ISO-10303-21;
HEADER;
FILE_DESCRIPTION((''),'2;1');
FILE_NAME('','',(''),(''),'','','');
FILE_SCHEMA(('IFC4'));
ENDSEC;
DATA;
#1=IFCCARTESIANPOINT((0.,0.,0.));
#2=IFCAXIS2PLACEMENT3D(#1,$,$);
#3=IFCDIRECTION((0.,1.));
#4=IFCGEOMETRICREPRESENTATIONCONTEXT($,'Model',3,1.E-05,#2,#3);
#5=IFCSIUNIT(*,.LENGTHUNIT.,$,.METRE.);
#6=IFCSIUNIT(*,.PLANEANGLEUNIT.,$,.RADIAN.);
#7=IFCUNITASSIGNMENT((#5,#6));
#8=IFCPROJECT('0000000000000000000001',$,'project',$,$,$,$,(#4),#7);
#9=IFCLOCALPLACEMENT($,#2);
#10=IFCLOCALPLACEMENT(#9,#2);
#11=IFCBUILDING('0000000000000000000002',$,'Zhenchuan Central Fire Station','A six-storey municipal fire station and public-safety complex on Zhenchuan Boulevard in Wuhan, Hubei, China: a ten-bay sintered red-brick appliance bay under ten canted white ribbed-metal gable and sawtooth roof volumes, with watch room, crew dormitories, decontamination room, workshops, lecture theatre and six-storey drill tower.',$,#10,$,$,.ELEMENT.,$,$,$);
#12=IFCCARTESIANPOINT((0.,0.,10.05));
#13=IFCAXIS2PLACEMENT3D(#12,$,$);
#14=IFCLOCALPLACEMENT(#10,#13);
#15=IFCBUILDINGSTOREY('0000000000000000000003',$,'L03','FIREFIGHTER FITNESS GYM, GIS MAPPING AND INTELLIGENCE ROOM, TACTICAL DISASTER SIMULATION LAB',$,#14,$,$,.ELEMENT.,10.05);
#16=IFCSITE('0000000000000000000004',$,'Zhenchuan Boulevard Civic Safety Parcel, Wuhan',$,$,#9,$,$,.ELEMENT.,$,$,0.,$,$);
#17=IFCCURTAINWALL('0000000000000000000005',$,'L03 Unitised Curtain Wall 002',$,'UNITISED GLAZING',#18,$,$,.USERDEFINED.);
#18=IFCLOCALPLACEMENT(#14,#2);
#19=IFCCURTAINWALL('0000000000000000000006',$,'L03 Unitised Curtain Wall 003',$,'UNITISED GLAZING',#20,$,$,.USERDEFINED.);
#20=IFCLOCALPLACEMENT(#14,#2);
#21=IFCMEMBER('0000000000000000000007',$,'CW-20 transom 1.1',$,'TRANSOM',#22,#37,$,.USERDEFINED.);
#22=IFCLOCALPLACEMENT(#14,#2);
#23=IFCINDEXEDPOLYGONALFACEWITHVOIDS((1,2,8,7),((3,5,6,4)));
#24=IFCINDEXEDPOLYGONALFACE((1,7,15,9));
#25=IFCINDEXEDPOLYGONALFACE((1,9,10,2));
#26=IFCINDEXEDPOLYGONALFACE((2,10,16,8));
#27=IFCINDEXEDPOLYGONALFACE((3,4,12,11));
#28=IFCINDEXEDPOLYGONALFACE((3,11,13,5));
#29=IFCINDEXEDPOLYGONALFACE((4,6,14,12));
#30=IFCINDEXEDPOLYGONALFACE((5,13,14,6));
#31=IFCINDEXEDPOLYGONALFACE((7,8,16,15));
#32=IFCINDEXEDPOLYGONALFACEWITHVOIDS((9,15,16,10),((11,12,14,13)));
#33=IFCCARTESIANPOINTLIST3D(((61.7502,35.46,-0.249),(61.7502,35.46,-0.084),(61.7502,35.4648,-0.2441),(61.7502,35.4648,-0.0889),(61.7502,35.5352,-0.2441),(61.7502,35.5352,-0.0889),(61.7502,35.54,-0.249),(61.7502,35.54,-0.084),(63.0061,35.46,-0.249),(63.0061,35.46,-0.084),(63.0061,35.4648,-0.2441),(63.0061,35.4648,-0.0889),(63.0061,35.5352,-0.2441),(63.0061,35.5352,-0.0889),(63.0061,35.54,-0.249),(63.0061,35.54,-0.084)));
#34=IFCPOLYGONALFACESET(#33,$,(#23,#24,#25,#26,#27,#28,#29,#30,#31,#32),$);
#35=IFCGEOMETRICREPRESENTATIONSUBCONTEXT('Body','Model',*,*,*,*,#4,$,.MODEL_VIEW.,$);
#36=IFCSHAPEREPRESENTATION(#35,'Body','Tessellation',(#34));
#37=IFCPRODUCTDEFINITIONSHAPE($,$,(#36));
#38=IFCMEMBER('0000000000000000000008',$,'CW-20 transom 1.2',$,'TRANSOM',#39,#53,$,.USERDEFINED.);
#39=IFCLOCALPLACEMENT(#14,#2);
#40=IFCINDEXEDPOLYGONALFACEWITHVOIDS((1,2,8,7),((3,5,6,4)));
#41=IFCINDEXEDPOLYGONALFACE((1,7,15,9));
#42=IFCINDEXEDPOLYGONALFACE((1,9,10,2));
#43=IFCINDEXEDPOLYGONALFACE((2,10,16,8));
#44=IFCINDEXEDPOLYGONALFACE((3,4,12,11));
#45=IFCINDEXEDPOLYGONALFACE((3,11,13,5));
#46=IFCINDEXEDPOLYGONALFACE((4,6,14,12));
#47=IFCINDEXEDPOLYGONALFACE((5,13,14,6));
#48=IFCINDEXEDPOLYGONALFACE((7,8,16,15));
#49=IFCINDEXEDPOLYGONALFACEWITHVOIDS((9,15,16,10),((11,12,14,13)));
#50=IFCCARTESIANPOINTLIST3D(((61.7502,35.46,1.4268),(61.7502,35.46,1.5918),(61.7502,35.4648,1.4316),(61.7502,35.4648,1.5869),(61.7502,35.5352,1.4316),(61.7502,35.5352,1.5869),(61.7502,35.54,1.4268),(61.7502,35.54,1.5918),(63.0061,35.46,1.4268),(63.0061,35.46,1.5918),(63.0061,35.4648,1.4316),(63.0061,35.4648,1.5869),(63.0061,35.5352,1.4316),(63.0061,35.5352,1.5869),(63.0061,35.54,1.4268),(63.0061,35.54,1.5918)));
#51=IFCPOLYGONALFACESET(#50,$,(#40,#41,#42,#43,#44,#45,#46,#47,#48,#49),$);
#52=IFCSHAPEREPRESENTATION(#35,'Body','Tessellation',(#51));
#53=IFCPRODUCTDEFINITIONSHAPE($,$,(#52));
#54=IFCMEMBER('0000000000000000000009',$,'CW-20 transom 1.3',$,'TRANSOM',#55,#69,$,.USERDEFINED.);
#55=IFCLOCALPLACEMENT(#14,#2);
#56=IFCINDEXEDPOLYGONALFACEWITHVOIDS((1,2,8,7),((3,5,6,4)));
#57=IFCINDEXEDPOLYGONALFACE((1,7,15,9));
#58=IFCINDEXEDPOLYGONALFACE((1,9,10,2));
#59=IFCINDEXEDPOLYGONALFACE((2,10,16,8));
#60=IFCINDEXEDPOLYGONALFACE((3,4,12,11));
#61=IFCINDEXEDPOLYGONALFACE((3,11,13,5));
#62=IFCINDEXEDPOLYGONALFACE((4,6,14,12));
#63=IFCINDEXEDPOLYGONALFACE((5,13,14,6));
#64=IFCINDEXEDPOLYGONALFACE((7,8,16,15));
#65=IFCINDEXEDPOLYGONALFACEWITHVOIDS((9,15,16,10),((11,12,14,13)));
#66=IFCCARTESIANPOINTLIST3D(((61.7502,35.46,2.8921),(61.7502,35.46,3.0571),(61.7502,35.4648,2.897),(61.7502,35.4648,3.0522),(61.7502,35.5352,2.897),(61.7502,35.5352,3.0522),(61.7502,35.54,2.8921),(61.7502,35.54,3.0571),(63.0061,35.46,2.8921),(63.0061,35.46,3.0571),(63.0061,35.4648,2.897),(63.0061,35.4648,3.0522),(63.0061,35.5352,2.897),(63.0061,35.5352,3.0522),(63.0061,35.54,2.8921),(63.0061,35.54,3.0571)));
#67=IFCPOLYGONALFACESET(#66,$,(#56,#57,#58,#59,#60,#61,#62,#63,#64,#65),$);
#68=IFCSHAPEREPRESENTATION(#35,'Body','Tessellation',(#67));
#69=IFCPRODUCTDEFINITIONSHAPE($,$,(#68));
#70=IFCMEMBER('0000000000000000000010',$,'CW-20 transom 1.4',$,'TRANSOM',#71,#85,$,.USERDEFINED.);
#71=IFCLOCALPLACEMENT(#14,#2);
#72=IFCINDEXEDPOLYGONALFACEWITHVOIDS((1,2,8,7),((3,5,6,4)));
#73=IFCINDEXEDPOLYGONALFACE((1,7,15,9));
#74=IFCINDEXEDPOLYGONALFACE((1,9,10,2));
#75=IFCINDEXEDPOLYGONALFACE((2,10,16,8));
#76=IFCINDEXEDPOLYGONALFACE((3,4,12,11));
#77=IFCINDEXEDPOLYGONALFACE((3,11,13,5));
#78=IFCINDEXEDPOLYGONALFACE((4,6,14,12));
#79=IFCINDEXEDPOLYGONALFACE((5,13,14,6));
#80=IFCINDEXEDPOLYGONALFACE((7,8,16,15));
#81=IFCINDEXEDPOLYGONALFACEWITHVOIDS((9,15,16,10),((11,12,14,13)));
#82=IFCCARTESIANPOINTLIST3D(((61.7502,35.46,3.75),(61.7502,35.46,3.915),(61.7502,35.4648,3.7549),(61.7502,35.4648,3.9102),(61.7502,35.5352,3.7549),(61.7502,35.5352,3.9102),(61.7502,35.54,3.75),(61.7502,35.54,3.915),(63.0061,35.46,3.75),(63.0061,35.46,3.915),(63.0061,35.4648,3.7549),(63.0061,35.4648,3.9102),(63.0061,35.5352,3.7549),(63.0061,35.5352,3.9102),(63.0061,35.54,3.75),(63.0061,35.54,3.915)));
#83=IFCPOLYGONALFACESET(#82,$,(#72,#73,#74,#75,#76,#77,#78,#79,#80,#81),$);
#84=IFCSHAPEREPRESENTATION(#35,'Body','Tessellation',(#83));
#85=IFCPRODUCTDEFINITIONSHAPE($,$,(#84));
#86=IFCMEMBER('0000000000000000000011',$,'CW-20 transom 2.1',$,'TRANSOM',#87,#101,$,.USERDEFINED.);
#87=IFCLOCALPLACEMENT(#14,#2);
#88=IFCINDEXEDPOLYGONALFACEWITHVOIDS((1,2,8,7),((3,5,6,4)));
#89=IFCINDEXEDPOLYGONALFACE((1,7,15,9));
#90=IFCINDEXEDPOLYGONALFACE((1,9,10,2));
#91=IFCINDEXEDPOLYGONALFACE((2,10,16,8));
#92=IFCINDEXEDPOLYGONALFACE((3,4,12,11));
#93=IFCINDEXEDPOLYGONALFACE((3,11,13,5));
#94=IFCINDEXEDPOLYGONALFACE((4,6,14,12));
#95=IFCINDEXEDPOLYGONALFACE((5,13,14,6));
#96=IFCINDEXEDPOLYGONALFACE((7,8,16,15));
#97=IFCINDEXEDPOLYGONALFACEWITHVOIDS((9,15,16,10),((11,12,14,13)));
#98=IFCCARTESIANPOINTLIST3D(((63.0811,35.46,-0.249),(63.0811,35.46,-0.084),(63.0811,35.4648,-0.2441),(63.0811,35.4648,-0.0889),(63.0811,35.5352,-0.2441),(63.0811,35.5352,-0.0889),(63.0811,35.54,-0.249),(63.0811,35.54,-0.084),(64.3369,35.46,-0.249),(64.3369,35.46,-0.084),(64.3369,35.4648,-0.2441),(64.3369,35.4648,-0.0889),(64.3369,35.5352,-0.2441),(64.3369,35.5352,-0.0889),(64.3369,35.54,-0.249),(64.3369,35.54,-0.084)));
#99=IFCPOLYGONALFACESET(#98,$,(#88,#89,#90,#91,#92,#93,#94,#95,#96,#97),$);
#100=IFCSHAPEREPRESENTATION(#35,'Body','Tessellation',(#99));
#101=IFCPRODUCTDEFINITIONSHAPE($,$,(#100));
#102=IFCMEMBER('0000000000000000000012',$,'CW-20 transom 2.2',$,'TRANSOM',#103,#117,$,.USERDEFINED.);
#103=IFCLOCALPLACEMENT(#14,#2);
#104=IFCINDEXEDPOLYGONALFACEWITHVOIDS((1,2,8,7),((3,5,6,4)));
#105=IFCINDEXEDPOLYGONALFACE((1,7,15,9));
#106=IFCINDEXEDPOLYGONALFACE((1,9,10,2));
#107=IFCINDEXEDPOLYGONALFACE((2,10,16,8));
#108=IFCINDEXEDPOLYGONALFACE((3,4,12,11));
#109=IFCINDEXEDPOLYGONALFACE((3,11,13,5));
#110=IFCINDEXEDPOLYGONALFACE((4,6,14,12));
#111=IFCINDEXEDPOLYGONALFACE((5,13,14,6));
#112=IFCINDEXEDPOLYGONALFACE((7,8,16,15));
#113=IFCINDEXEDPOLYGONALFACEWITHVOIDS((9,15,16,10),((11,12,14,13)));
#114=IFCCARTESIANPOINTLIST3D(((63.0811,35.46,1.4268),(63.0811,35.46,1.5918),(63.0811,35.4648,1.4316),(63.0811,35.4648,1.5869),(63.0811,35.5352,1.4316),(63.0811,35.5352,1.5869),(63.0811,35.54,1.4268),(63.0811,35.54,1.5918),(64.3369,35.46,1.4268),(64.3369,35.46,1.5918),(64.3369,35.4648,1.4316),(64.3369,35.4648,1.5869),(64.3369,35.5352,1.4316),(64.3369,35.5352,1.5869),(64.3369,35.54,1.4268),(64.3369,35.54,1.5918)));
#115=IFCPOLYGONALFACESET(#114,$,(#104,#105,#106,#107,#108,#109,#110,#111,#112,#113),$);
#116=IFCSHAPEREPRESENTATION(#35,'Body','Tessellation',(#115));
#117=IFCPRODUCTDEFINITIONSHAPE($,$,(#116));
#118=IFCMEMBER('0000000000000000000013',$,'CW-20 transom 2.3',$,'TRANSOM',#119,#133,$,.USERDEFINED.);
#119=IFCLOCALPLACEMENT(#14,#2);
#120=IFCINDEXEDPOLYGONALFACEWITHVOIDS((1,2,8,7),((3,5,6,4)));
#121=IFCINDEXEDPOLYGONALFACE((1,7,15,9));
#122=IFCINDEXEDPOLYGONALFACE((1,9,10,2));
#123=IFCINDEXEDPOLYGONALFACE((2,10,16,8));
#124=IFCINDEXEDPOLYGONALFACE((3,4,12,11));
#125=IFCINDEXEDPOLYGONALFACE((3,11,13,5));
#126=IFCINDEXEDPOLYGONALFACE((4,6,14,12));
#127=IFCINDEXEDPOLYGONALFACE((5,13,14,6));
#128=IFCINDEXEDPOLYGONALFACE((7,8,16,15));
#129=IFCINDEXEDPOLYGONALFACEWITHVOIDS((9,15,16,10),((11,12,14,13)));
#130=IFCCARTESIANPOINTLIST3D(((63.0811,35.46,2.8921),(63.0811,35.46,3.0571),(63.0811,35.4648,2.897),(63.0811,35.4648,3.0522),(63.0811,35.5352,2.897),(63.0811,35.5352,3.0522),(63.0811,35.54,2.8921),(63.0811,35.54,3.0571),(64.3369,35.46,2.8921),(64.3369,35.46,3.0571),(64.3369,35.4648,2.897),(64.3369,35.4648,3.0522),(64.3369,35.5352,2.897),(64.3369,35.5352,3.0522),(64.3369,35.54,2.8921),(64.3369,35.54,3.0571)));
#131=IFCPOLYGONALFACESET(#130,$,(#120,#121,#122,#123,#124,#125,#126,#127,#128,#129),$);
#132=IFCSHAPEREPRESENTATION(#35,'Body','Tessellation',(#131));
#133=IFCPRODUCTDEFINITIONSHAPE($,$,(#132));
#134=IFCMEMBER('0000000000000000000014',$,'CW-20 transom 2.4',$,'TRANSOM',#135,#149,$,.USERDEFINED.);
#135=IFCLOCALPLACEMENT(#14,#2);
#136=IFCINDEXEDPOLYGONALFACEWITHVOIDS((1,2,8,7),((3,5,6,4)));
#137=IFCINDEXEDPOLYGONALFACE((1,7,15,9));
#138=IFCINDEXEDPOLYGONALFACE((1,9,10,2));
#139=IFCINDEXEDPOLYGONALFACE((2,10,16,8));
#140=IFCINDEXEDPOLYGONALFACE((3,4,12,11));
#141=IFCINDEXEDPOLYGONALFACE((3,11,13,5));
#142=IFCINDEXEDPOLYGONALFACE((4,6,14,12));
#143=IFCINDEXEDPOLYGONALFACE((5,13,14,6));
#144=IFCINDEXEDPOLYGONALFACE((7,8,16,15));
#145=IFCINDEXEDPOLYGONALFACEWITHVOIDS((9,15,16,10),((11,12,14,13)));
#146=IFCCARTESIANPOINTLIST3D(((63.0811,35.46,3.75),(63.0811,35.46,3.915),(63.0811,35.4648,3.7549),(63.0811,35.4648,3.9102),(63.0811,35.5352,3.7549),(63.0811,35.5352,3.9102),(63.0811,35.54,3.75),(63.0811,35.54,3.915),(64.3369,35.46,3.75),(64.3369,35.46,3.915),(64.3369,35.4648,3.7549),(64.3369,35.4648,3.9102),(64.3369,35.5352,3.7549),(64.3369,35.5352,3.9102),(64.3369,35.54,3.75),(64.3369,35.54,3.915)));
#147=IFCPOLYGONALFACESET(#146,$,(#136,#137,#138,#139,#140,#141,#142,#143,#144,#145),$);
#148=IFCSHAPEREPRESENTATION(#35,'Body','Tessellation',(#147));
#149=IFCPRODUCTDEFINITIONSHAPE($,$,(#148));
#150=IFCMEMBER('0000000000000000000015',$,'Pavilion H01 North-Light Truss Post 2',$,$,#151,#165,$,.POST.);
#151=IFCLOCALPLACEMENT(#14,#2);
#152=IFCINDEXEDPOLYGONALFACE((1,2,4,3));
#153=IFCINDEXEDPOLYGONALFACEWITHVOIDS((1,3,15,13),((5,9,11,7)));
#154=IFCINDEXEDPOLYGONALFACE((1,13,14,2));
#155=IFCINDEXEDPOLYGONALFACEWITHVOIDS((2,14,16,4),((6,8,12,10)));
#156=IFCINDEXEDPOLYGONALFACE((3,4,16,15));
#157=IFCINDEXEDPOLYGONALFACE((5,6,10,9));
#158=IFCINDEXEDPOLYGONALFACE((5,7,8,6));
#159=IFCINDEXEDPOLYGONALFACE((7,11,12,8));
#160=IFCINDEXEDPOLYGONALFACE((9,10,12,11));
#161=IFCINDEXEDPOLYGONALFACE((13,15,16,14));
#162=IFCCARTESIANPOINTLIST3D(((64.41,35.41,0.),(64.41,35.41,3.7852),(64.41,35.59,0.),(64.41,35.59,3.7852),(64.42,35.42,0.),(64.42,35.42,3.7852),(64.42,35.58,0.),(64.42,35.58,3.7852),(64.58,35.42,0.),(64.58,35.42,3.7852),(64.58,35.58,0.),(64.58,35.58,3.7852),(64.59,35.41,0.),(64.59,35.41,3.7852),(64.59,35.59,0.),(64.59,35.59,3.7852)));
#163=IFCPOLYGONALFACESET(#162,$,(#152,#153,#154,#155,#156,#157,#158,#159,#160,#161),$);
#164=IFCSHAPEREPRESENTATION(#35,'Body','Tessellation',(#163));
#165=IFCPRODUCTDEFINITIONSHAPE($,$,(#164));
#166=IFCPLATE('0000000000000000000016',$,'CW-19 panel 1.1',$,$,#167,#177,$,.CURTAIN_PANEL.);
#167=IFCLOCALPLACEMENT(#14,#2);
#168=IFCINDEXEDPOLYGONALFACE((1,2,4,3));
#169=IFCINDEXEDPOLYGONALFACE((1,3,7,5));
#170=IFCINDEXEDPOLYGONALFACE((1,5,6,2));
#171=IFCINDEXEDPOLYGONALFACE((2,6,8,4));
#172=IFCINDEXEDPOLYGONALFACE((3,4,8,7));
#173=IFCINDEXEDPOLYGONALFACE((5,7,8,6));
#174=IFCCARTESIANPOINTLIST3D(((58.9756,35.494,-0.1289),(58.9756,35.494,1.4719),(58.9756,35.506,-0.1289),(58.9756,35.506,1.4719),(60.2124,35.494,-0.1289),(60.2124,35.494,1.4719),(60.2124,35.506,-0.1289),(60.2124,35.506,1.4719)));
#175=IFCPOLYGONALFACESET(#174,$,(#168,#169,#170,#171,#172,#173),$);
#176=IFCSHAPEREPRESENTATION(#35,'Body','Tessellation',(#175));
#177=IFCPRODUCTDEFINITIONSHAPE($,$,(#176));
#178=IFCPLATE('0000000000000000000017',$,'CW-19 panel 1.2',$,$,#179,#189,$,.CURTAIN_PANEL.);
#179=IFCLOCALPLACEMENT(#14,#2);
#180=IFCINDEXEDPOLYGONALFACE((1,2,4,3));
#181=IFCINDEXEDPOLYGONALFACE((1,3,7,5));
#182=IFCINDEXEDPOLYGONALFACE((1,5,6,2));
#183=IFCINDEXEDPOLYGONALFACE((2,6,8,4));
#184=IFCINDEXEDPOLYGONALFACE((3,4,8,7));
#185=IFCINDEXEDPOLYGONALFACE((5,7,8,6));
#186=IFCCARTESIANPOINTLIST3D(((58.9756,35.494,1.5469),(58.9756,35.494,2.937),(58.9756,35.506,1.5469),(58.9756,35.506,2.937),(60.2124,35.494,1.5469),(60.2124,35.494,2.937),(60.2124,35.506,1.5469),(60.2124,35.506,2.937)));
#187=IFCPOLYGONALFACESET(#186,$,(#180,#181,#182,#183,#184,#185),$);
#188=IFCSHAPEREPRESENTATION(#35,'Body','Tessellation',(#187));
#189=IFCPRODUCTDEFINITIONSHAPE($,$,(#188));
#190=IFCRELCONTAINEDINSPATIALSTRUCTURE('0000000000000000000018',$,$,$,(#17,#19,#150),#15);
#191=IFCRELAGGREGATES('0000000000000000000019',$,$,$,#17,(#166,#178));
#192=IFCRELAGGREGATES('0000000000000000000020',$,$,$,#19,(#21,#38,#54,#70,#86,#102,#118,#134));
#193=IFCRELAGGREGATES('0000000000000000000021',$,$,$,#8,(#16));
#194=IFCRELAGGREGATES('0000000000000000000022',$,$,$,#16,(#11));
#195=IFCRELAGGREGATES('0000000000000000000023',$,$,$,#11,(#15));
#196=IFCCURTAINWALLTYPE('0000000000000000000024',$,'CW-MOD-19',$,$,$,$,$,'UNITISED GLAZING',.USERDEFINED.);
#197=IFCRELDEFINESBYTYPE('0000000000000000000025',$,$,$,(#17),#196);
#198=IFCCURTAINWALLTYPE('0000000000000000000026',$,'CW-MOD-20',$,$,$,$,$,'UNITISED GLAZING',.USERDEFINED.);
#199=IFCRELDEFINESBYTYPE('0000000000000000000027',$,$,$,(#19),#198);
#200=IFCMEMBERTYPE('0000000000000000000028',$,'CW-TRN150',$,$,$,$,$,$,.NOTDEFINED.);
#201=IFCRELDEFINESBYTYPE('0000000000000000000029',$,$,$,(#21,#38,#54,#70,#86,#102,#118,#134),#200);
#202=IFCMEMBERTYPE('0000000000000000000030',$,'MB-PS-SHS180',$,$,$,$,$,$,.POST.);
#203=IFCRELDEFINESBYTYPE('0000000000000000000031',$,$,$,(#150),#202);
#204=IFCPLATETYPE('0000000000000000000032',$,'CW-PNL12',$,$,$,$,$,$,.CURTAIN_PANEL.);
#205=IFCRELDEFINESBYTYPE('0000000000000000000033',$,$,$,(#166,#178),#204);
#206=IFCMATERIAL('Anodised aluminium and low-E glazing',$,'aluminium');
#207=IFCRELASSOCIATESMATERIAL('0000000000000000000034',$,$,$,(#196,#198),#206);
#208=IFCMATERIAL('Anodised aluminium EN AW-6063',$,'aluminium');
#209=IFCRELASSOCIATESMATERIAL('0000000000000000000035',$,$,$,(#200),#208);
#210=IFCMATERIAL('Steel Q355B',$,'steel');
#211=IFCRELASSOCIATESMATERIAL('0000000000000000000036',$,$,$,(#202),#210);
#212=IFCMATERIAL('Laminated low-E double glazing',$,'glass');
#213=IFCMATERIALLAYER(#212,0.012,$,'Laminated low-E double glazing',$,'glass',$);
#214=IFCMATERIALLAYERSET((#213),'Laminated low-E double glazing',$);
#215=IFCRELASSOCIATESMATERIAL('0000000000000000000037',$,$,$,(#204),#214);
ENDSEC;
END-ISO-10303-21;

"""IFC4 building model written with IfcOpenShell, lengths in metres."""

from ifc_helpers import new_model, si_unit, direction, frame, origin, origin_2d, place, context, subcontext, project, spatial, rectangle, hollow_rectangle, extrude, material, layer, layer_set, material_profile, profile_set, type_object, element, aggregate, save


model = new_model("IFC4")

# Units and contexts
model_context = context("Model", 3, precision=1e-05, world=origin(), true_north=direction((0.0, 1.0)))
body_context = subcontext(model_context, "Body", "Model", "MODEL_VIEW")
ifc_project = project(units=[si_unit("LENGTHUNIT", "METRE"), si_unit("PLANEANGLEUNIT", "RADIAN")], contexts=[model_context])

# Site, building, storey
site_placement = place(None, origin())
site = spatial("IfcSite", under=ifc_project, at=site_placement, Name="Zhenchuan Boulevard Civic Safety Parcel, Wuhan", CompositionType="ELEMENT", RefElevation=0.0)
building_placement = place(site_placement, origin())
building = spatial("IfcBuilding", under=site, at=building_placement, Name="Zhenchuan Central Fire Station", Description="A six-storey municipal fire station and public-safety complex on Zhenchuan Boulevard in Wuhan, Hubei, China: a ten-bay sintered red-brick appliance bay under ten canted white ribbed-metal gable and sawtooth roof volumes, with watch room, crew dormitories, decontamination room, workshops, lecture theatre and six-storey drill tower.", CompositionType="ELEMENT")
storey_placement = place(building_placement, frame((0.0, 0.0, 10.05)))
storey = spatial("IfcBuildingStorey", under=building, at=storey_placement, Name="L03", Description="FIREFIGHTER FITNESS GYM, GIS MAPPING AND INTELLIGENCE ROOM, TACTICAL DISASTER SIMULATION LAB", CompositionType="ELEMENT", Elevation=10.05)

# Curtain walls
ifc_material_1 = material(Name="Anodised aluminium and low-E glazing", Category="aluminium")
curtain_wall_type_1 = type_object("IfcCurtainWallType", Name="CW-MOD-19", ElementType="UNITISED GLAZING", PredefinedType="USERDEFINED", material=ifc_material_1)
curtain_wall_1_placement = place(storey_placement, origin())
curtain_wall_1 = element("IfcCurtainWall", 1, at=curtain_wall_1_placement, inside=storey, type_object=curtain_wall_type_1, Name="L03 Unitised Curtain Wall 002", ObjectType="UNITISED GLAZING", PredefinedType="USERDEFINED")
ifc_material_2 = material(Name="Anodised aluminium EN AW-6063", Category="aluminium")
curtain_wall_type_2 = type_object("IfcCurtainWallType", Name="CW-MOD-20", ElementType="UNITISED GLAZING", PredefinedType="USERDEFINED", material=ifc_material_1)
curtain_wall_2_placement = place(storey_placement, origin())
curtain_wall_2 = element("IfcCurtainWall", 2, at=curtain_wall_2_placement, inside=storey, type_object=curtain_wall_type_2, Name="L03 Unitised Curtain Wall 003", ObjectType="UNITISED GLAZING", PredefinedType="USERDEFINED")

# Members
ifc_material_profile_1 = material_profile(ifc_material_2, hollow_rectangle(XDim=0.0801, YDim=0.165, WallThickness=0.0049, at=origin_2d()), Name="ALU-T 165x80")
ifc_profile_set_1 = profile_set([ifc_material_profile_1], Name="Anodised aluminium EN AW-6063")
member_type_1 = type_object("IfcMemberType", Name="CW-TRN150", PredefinedType="NOTDEFINED", material=ifc_profile_set_1)
member_1_placement = place(storey_placement, frame((61.7502, 35.5, -0.1665), z_axis=(1.0, 0.0, 0.0), x_axis=(0.0, 1.0, 0.0)))
member_1 = element("IfcMember", 3, at=member_1_placement, type_object=member_type_1, Name="CW-20 transom 1.1", ObjectType="TRANSOM", PredefinedType="USERDEFINED", context=body_context, shape_type="SweptSolid", body=[
    extrude(hollow_rectangle(XDim=0.0801, YDim=0.165, WallThickness=0.0049, at=origin_2d()), origin(), (0.0, 0.0, 1.0), 1.2559),
])
member_2_placement = place(storey_placement, frame((61.7502, 35.5, 1.5093), z_axis=(1.0, 0.0, 0.0), x_axis=(0.0, 1.0, 0.0)))
member_2 = element("IfcMember", 4, at=member_2_placement, type_object=member_type_1, Name="CW-20 transom 1.2", ObjectType="TRANSOM", PredefinedType="USERDEFINED", context=body_context, shape_type="SweptSolid", body=[
    extrude(hollow_rectangle(XDim=0.0801, YDim=0.165, WallThickness=0.0049, at=origin_2d()), origin(), (0.0, 0.0, 1.0), 1.2559),
])
member_3_placement = place(storey_placement, frame((61.7502, 35.5, 2.9746), z_axis=(1.0, 0.0, 0.0), x_axis=(0.0, 1.0, 0.0)))
member_3 = element("IfcMember", 5, at=member_3_placement, type_object=member_type_1, Name="CW-20 transom 1.3", ObjectType="TRANSOM", PredefinedType="USERDEFINED", context=body_context, shape_type="SweptSolid", body=[
    extrude(hollow_rectangle(XDim=0.0801, YDim=0.165, WallThickness=0.0049, at=origin_2d()), origin(), (0.0, 0.0, 1.0), 1.2559),
])
member_4_placement = place(storey_placement, frame((61.7502, 35.5, 3.8325), z_axis=(1.0, 0.0, 0.0), x_axis=(0.0, 1.0, 0.0)))
member_4 = element("IfcMember", 6, at=member_4_placement, type_object=member_type_1, Name="CW-20 transom 1.4", ObjectType="TRANSOM", PredefinedType="USERDEFINED", context=body_context, shape_type="SweptSolid", body=[
    extrude(hollow_rectangle(XDim=0.0801, YDim=0.165, WallThickness=0.0049, at=origin_2d()), origin(), (0.0, 0.0, 1.0), 1.2559),
])
member_5_placement = place(storey_placement, frame((63.0811, 35.5, -0.1665), z_axis=(1.0, 0.0, 0.0), x_axis=(0.0, 1.0, 0.0)))
member_5 = element("IfcMember", 7, at=member_5_placement, type_object=member_type_1, Name="CW-20 transom 2.1", ObjectType="TRANSOM", PredefinedType="USERDEFINED", context=body_context, shape_type="SweptSolid", body=[
    extrude(hollow_rectangle(XDim=0.0801, YDim=0.165, WallThickness=0.0049, at=origin_2d()), origin(), (0.0, 0.0, 1.0), 1.2559),
])
member_6_placement = place(storey_placement, frame((63.0811, 35.5, 1.5093), z_axis=(1.0, 0.0, 0.0), x_axis=(0.0, 1.0, 0.0)))
member_6 = element("IfcMember", 8, at=member_6_placement, type_object=member_type_1, Name="CW-20 transom 2.2", ObjectType="TRANSOM", PredefinedType="USERDEFINED", context=body_context, shape_type="SweptSolid", body=[
    extrude(hollow_rectangle(XDim=0.0801, YDim=0.165, WallThickness=0.0049, at=origin_2d()), origin(), (0.0, 0.0, 1.0), 1.2559),
])
member_7_placement = place(storey_placement, frame((63.0811, 35.5, 2.9746), z_axis=(1.0, 0.0, 0.0), x_axis=(0.0, 1.0, 0.0)))
member_7 = element("IfcMember", 9, at=member_7_placement, type_object=member_type_1, Name="CW-20 transom 2.3", ObjectType="TRANSOM", PredefinedType="USERDEFINED", context=body_context, shape_type="SweptSolid", body=[
    extrude(hollow_rectangle(XDim=0.0801, YDim=0.165, WallThickness=0.0049, at=origin_2d()), origin(), (0.0, 0.0, 1.0), 1.2559),
])
member_8_placement = place(storey_placement, frame((63.0811, 35.5, 3.8325), z_axis=(1.0, 0.0, 0.0), x_axis=(0.0, 1.0, 0.0)))
member_8 = element("IfcMember", 10, at=member_8_placement, type_object=member_type_1, Name="CW-20 transom 2.4", ObjectType="TRANSOM", PredefinedType="USERDEFINED", context=body_context, shape_type="SweptSolid", body=[
    extrude(hollow_rectangle(XDim=0.0801, YDim=0.165, WallThickness=0.0049, at=origin_2d()), origin(), (0.0, 0.0, 1.0), 1.2559),
])
ifc_material_3 = material(Name="Steel Q355B", Category="steel")
ifc_material_profile_2 = material_profile(ifc_material_3, hollow_rectangle(XDim=0.1799, YDim=0.1799, WallThickness=0.01, at=origin_2d()), Name="SHS 180x180x10")
ifc_profile_set_2 = profile_set([ifc_material_profile_2], Name="Steel Q355B")
member_type_2 = type_object("IfcMemberType", Name="MB-PS-SHS180", PredefinedType="POST", material=ifc_profile_set_2)
member_9_placement = place(storey_placement, frame((64.5, 35.5, 0.0), z_axis=(0.0, 0.0, 1.0), x_axis=(1.0, 0.0, 0.0)))
element("IfcMember", 11, at=member_9_placement, inside=storey, type_object=member_type_2, Name="Pavilion H01 North-Light Truss Post 2", PredefinedType="POST", context=body_context, shape_type="SweptSolid", body=[
    extrude(hollow_rectangle(XDim=0.1799, YDim=0.1799, WallThickness=0.01, at=origin_2d()), origin(), (0.0, 0.0, 1.0), 3.7852),
])

# Plates
ifc_material_4 = material(Name="Laminated low-E double glazing", Category="glass")
ifc_layer = layer(ifc_material_4, 0.012, Name="Laminated low-E double glazing", Category="glass")
ifc_layer_set = layer_set([ifc_layer], Name="Laminated low-E double glazing")
plate_type_1 = type_object("IfcPlateType", Name="CW-PNL12", PredefinedType="CURTAIN_PANEL", material=ifc_layer_set)
plate_1_placement = place(storey_placement, frame((59.594, 35.5, -0.1289), z_axis=(0.0, 0.0, 1.0), x_axis=(1.0, 0.0, 0.0)))
plate_1 = element("IfcPlate", 12, at=plate_1_placement, type_object=plate_type_1, Name="CW-19 panel 1.1", PredefinedType="CURTAIN_PANEL", context=body_context, shape_type="SweptSolid", body=[
    extrude(rectangle(XDim=1.2368, YDim=0.012, at=origin_2d()), origin(), (0.0, 0.0, 1.0), 1.6008),
])
plate_2_placement = place(storey_placement, frame((59.594, 35.5, 1.5469), z_axis=(0.0, 0.0, 1.0), x_axis=(1.0, 0.0, 0.0)))
plate_2 = element("IfcPlate", 13, at=plate_2_placement, type_object=plate_type_1, Name="CW-19 panel 1.2", PredefinedType="CURTAIN_PANEL", context=body_context, shape_type="SweptSolid", body=[
    extrude(rectangle(XDim=1.2368, YDim=0.012, at=origin_2d()), origin(), (0.0, 0.0, 1.0), 1.3901),
])
aggregate(curtain_wall_1, [plate_1, plate_2])
aggregate(curtain_wall_2, [member_1, member_2, member_3, member_4, member_5, member_6, member_7, member_8])

save(model, "model.ifc")
